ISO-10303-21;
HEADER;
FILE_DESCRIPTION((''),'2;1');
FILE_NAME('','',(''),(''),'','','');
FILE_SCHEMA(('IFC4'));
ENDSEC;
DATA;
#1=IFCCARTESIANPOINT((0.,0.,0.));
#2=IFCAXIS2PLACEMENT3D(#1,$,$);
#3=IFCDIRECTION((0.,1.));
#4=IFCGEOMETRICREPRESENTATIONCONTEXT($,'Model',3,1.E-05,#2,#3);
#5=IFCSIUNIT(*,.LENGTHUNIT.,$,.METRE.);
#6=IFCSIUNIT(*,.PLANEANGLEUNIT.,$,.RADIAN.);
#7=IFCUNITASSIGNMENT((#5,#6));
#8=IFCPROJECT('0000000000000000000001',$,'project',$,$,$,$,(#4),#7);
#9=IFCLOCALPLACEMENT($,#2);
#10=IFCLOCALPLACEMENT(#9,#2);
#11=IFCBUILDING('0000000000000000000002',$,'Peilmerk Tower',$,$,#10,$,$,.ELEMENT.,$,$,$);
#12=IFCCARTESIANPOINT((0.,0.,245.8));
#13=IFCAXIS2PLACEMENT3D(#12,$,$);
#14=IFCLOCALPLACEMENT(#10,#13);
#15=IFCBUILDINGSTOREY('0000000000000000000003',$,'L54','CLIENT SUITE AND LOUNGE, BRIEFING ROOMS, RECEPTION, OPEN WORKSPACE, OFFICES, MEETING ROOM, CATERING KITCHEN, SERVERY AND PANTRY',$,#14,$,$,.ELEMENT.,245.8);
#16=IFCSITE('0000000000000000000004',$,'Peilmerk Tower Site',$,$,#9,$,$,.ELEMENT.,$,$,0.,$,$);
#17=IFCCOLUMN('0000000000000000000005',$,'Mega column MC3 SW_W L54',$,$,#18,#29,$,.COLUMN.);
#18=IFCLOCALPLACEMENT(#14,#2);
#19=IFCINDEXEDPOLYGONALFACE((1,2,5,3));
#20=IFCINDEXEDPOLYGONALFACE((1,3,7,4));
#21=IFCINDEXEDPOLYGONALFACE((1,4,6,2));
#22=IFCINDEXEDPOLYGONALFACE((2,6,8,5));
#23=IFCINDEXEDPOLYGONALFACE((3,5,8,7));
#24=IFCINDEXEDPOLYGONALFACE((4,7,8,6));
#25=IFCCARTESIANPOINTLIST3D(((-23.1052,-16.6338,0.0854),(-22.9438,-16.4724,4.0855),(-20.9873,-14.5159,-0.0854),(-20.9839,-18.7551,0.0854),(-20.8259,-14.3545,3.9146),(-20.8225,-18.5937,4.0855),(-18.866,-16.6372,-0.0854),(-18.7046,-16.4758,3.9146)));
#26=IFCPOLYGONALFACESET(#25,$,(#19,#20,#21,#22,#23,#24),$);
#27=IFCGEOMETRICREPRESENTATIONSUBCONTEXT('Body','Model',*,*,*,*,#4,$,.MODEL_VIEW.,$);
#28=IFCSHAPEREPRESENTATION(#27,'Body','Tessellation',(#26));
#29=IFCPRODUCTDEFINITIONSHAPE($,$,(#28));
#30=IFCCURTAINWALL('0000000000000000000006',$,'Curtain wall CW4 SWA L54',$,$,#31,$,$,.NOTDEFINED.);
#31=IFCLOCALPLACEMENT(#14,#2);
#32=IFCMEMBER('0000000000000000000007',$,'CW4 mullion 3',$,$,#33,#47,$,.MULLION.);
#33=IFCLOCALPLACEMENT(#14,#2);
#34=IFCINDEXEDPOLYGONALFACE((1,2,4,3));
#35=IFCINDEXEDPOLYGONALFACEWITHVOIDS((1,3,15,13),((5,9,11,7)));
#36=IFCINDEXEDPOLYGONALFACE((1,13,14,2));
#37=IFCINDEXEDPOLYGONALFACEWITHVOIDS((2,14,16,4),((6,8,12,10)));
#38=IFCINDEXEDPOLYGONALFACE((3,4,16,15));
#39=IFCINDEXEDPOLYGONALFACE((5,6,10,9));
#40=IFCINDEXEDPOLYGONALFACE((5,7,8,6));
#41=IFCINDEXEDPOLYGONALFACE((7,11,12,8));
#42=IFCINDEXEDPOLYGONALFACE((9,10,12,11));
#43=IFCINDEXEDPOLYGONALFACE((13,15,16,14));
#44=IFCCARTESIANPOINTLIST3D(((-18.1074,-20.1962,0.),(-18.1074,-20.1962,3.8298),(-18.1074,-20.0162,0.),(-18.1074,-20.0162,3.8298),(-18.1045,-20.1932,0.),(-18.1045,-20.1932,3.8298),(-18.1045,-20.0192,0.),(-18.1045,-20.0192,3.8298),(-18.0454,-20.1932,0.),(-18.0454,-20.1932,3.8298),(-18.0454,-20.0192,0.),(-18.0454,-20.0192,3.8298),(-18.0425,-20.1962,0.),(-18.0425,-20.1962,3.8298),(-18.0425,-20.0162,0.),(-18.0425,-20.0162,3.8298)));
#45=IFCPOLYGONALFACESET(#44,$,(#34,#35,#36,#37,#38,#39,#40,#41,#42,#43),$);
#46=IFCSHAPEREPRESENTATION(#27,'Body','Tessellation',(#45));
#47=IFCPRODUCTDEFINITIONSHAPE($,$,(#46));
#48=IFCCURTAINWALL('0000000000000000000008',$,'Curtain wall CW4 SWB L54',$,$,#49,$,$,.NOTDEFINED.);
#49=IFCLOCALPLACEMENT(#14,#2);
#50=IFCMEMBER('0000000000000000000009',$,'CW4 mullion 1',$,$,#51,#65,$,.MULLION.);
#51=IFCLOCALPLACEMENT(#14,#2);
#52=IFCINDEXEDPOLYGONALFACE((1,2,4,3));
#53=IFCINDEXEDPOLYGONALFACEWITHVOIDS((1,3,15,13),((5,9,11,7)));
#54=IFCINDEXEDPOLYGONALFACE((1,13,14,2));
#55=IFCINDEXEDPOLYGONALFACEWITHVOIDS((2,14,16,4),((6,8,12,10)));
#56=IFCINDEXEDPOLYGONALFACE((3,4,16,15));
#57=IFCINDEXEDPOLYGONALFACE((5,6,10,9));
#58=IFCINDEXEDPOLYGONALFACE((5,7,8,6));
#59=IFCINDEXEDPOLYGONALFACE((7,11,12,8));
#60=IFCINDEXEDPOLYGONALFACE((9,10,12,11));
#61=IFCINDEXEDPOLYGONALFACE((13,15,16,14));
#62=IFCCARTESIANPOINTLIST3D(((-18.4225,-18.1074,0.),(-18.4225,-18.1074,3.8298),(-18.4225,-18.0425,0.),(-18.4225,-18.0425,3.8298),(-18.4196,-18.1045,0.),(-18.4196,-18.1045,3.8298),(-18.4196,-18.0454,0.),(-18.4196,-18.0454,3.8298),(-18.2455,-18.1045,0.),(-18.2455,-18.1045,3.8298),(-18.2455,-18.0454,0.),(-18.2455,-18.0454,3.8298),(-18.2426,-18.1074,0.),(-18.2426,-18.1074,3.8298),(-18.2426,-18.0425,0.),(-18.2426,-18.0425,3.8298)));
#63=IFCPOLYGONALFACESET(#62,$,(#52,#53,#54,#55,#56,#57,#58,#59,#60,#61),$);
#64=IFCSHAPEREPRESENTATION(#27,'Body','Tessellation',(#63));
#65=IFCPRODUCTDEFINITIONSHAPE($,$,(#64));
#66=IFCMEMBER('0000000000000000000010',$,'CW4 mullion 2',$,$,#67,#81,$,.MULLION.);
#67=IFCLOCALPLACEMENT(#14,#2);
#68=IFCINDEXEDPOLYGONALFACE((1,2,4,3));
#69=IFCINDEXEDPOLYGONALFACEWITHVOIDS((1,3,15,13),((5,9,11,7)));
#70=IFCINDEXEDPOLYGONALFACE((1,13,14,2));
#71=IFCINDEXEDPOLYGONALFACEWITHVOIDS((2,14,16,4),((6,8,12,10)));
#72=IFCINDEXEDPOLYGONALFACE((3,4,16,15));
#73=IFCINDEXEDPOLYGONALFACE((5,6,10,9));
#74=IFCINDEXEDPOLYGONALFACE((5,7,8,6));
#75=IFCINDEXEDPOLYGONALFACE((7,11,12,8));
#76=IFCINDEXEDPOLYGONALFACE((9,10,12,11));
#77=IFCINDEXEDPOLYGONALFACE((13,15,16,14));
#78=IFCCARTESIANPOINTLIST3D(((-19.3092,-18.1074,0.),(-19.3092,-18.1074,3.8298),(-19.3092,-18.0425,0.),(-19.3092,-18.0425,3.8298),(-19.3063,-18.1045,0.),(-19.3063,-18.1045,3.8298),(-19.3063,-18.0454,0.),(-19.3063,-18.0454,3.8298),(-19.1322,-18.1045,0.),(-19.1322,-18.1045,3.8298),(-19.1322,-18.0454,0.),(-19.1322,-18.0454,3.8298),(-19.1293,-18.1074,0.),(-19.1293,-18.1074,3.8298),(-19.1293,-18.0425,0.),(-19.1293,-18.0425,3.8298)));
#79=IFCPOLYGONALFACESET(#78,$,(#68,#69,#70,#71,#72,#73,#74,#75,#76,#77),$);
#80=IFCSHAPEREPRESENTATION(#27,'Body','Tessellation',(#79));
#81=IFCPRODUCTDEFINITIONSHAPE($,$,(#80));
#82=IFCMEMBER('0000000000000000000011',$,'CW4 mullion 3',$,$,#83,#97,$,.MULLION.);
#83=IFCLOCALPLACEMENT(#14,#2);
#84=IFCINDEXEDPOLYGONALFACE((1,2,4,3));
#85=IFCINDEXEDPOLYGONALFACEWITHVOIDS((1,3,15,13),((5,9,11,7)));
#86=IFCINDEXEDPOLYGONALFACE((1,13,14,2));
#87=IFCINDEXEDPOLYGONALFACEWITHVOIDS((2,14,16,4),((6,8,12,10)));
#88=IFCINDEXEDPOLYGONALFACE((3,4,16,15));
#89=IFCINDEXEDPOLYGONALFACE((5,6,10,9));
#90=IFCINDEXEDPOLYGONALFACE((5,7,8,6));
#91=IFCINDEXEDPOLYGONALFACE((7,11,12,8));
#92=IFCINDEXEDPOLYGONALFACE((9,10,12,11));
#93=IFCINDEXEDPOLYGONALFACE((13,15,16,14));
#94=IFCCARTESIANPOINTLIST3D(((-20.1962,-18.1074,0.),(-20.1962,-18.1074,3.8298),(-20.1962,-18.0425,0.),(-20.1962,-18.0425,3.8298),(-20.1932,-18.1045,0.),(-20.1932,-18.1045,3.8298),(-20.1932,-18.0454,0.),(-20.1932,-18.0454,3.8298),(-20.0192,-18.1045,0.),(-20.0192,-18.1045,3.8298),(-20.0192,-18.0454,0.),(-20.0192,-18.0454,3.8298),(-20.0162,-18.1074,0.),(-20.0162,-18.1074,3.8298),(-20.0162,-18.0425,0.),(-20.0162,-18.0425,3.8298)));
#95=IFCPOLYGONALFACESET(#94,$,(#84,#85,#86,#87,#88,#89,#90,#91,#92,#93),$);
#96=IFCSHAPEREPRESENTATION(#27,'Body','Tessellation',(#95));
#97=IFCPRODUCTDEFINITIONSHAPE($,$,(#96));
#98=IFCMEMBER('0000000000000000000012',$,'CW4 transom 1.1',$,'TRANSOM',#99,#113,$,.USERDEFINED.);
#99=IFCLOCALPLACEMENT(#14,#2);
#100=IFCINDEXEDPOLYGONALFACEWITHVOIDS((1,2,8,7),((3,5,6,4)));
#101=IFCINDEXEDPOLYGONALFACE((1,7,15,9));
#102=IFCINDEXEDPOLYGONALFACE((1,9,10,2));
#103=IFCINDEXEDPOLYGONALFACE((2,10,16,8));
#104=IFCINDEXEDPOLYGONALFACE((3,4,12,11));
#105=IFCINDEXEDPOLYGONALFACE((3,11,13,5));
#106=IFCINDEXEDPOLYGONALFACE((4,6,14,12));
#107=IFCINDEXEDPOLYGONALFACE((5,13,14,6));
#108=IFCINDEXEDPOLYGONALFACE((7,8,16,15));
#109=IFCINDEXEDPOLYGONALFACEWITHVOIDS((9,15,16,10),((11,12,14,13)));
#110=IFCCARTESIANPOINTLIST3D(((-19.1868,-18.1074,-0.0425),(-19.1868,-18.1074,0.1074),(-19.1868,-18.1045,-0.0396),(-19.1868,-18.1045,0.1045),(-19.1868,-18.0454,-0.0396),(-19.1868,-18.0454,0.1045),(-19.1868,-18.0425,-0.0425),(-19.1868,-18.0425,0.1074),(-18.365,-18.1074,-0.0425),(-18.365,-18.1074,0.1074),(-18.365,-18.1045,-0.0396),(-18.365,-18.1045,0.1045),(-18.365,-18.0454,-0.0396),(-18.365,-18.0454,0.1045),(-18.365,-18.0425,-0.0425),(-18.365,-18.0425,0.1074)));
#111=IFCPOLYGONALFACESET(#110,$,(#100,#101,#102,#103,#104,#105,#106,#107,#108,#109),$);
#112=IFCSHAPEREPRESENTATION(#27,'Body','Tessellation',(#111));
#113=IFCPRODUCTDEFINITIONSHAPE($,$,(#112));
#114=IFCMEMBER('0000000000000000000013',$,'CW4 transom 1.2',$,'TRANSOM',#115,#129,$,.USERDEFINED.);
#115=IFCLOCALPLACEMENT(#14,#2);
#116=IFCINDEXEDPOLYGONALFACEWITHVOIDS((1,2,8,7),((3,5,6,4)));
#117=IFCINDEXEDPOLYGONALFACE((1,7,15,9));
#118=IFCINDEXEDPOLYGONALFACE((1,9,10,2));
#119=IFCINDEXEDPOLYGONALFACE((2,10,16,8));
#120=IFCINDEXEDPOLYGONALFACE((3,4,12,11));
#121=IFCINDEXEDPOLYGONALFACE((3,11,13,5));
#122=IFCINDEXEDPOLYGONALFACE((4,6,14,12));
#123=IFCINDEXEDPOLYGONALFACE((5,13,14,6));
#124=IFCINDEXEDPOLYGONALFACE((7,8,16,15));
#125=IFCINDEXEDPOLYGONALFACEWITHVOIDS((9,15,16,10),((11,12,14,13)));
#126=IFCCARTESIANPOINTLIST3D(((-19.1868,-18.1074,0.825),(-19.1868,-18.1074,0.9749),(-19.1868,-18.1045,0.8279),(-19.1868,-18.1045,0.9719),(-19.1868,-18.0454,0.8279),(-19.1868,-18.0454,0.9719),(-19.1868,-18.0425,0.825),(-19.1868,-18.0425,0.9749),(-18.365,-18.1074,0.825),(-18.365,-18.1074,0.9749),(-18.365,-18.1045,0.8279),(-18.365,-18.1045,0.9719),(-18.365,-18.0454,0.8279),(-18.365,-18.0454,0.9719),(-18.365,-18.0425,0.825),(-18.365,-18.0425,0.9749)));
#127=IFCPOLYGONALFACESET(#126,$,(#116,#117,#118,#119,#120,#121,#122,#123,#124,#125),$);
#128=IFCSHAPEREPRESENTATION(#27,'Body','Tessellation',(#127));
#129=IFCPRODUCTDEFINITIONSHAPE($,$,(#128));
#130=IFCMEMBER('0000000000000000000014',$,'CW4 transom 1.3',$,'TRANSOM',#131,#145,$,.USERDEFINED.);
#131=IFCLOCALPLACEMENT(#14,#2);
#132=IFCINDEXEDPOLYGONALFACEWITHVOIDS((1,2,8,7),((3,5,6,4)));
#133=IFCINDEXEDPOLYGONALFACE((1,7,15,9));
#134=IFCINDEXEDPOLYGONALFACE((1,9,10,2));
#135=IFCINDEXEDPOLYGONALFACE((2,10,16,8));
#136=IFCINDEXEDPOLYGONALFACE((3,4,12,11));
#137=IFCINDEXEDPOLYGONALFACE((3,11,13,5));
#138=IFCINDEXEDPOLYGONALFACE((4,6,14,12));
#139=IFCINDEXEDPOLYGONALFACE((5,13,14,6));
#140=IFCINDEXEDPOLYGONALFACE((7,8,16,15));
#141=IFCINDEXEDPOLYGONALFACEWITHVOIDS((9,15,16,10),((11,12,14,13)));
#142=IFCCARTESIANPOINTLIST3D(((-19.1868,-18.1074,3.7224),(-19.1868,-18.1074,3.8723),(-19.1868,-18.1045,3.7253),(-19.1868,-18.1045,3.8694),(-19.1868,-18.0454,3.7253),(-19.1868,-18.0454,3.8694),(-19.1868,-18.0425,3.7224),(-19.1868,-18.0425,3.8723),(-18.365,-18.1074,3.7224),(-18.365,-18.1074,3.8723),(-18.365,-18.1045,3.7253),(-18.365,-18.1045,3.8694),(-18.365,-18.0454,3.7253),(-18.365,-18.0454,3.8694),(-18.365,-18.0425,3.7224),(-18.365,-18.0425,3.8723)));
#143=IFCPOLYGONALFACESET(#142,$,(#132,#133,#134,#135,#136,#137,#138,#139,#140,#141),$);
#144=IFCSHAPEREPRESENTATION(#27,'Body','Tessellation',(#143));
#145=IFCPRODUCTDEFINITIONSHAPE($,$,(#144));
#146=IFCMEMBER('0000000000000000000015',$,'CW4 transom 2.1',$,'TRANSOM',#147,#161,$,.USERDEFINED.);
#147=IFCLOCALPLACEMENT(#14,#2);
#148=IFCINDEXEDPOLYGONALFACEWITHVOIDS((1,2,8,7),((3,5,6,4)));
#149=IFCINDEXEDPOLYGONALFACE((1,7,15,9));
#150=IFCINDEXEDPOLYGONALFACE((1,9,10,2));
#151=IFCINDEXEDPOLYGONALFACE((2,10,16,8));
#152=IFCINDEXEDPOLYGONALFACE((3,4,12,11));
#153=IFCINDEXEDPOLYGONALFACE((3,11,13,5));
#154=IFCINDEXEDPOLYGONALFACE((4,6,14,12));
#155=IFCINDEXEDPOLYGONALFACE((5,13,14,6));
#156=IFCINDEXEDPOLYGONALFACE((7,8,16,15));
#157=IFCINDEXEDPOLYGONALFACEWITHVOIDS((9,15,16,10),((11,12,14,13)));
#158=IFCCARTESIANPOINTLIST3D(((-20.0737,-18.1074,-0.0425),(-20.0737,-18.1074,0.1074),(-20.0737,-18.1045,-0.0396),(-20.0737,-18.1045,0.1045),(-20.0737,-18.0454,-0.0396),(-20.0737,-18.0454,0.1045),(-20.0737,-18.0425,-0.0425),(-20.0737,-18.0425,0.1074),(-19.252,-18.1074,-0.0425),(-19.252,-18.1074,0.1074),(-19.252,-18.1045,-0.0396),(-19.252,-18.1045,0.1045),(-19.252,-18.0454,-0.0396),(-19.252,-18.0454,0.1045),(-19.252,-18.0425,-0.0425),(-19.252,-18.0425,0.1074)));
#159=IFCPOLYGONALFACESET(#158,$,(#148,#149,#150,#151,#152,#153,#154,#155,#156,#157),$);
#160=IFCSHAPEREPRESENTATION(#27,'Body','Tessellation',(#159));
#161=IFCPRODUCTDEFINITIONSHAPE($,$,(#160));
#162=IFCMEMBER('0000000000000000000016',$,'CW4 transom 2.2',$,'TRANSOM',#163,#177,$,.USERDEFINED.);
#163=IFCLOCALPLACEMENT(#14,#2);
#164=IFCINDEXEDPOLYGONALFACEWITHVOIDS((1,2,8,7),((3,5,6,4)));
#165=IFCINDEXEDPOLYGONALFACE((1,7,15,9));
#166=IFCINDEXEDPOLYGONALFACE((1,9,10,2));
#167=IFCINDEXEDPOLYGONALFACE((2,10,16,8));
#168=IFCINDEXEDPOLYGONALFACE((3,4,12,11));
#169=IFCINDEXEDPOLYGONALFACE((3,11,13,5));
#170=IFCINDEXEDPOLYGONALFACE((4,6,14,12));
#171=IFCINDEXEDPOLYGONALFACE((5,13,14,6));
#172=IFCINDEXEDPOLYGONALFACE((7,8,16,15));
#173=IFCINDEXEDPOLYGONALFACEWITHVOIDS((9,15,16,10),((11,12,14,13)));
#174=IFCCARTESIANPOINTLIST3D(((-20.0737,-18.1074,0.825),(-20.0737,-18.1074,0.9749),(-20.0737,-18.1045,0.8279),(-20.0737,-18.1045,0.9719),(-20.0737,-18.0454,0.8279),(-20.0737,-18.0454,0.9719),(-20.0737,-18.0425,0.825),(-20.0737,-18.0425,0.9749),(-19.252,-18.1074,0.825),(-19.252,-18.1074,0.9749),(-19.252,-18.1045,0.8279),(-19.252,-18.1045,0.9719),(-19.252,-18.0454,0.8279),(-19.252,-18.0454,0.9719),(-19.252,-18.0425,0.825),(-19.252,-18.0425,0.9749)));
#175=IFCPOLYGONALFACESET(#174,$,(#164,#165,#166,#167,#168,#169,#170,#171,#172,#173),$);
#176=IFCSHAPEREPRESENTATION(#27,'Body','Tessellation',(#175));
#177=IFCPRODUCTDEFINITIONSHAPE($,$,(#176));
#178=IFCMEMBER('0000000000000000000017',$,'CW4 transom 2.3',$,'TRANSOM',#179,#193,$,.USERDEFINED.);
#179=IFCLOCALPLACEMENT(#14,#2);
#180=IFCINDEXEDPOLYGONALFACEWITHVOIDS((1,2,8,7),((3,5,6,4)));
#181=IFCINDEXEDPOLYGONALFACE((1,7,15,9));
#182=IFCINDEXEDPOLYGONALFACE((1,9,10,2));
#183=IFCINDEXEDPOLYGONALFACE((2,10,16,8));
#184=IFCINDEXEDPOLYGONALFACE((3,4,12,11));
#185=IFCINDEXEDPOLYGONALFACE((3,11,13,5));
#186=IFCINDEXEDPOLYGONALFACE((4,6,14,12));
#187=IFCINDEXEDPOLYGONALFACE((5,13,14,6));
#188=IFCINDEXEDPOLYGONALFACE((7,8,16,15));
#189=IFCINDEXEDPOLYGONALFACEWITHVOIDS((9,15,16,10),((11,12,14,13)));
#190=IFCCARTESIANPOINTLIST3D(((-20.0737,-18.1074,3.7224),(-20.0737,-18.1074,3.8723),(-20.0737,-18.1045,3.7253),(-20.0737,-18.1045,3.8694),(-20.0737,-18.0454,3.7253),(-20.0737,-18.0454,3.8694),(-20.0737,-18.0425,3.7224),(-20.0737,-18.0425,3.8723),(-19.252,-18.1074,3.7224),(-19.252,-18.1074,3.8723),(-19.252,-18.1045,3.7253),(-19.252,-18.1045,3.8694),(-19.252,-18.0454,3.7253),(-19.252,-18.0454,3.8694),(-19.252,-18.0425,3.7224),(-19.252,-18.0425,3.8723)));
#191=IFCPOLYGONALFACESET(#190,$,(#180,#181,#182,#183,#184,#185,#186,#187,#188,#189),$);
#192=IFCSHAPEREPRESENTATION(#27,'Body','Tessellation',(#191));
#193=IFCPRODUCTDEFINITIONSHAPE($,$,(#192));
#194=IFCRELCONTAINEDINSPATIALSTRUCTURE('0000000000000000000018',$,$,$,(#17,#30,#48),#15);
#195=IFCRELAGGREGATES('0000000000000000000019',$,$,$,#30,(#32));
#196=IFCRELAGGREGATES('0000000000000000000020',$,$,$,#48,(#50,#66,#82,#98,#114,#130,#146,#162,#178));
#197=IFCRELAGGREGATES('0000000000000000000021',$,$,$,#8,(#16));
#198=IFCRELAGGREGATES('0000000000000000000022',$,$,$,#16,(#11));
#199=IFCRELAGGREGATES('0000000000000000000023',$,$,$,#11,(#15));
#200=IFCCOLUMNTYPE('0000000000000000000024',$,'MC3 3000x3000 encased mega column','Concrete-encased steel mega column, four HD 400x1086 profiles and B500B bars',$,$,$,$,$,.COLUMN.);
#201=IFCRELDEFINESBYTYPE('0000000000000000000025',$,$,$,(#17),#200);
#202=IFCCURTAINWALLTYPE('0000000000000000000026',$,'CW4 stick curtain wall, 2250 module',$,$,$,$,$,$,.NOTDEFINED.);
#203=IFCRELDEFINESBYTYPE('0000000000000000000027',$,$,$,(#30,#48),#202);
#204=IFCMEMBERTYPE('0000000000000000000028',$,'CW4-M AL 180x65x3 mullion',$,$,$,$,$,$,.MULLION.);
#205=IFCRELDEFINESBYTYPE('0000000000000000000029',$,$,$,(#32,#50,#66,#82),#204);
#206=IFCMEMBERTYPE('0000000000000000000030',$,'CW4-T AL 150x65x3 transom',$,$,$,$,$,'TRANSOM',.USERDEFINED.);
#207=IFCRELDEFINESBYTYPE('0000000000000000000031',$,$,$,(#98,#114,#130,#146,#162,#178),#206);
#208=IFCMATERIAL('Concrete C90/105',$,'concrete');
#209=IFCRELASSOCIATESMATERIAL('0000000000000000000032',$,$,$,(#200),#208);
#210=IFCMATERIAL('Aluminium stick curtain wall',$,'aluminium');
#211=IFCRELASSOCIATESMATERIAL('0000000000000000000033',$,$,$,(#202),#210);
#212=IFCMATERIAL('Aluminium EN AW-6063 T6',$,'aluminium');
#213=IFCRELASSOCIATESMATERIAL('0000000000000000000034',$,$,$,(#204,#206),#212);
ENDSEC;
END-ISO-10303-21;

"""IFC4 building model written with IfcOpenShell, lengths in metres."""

from ifc_helpers import new_model, si_unit, direction, frame, origin, origin_2d, place, context, subcontext, project, spatial, rectangle, hollow_rectangle, extrude, material, material_profile, profile_set, type_object, element, aggregate, save


model = new_model("IFC4")

# Units and contexts
model_context = context("Model", 3, precision=1e-05, world=origin(), true_north=direction((0.0, 1.0)))
body_context = subcontext(model_context, "Body", "Model", "MODEL_VIEW")
ifc_project = project(units=[si_unit("LENGTHUNIT", "METRE"), si_unit("PLANEANGLEUNIT", "RADIAN")], contexts=[model_context])

# Site, building, storey
site_placement = place(None, origin())
site = spatial("IfcSite", under=ifc_project, at=site_placement, Name="Peilmerk Tower Site", CompositionType="ELEMENT", RefElevation=0.0)
building_placement = place(site_placement, origin())
building = spatial("IfcBuilding", under=site, at=building_placement, Name="Peilmerk Tower", CompositionType="ELEMENT")
storey_placement = place(building_placement, frame((0.0, 0.0, 245.8)))
storey = spatial("IfcBuildingStorey", under=building, at=storey_placement, Name="L54", Description="CLIENT SUITE AND LOUNGE, BRIEFING ROOMS, RECEPTION, OPEN WORKSPACE, OFFICES, MEETING ROOM, CATERING KITCHEN, SERVERY AND PANTRY", CompositionType="ELEMENT", Elevation=245.8)

# Column
ifc_material_1 = material(Name="Concrete C90/105", Category="concrete")
ifc_material_profile_1 = material_profile(ifc_material_1, rectangle(XDim=3.0, YDim=3.0, at=origin_2d()), Name="RC 3000x3000")
ifc_profile_set_1 = profile_set([ifc_material_profile_1], Name="Concrete C90/105")
column_type = type_object("IfcColumnType", Name="MC3 3000x3000 encased mega column", Description="Concrete-encased steel mega column, four HD 400x1086 profiles and B500B bars", PredefinedType="COLUMN", material=ifc_profile_set_1)
column_placement = place(storey_placement, frame((-20.9856, -16.6355, 0.0), z_axis=(0.040279, 0.040279, 0.998376), x_axis=(-0.707107, 0.707107, 0.0)))
element("IfcColumn", 1, at=column_placement, inside=storey, type_object=column_type, Name="Mega column MC3 SW_W L54", PredefinedType="COLUMN", context=body_context, shape_type="SweptSolid", body=[
    extrude(rectangle(XDim=3.0, YDim=3.0, at=origin_2d()), origin(), (0.0, 0.0, 1.0), 4.0066),
])

# Curtain wall, member
ifc_material_2 = material(Name="Aluminium stick curtain wall", Category="aluminium")
curtain_wall_type = type_object("IfcCurtainWallType", Name="CW4 stick curtain wall, 2250 module", PredefinedType="NOTDEFINED", material=ifc_material_2)
curtain_wall_1_placement = place(storey_placement, origin())
curtain_wall_1 = element("IfcCurtainWall", 2, at=curtain_wall_1_placement, inside=storey, type_object=curtain_wall_type, Name="Curtain wall CW4 SWA L54", PredefinedType="NOTDEFINED")
ifc_material_3 = material(Name="Aluminium EN AW-6063 T6", Category="aluminium")
ifc_material_profile_2 = material_profile(ifc_material_3, hollow_rectangle(XDim=0.0649, YDim=0.1799, WallThickness=0.0029, at=origin_2d()), Name="AL 180x65x3")
ifc_profile_set_2 = profile_set([ifc_material_profile_2], Name="Aluminium EN AW-6063 T6")
member_type_1 = type_object("IfcMemberType", Name="CW4-M AL 180x65x3 mullion", PredefinedType="MULLION", material=ifc_profile_set_2)
member_1_placement = place(storey_placement, frame((-18.075, -20.1062, 0.0), z_axis=(0.0, 0.0, 1.0), x_axis=(1.0, 0.0, 0.0)))
member_1 = element("IfcMember", 3, at=member_1_placement, type_object=member_type_1, Name="CW4 mullion 3", PredefinedType="MULLION", context=body_context, shape_type="SweptSolid", body=[
    extrude(hollow_rectangle(XDim=0.0649, YDim=0.1799, WallThickness=0.0029, at=origin_2d()), origin(), (0.0, 0.0, 1.0), 3.8298),
])

# Curtain wall, members
curtain_wall_2_placement = place(storey_placement, origin())
curtain_wall_2 = element("IfcCurtainWall", 4, at=curtain_wall_2_placement, inside=storey, type_object=curtain_wall_type, Name="Curtain wall CW4 SWB L54", PredefinedType="NOTDEFINED")
member_2_placement = place(storey_placement, frame((-18.3325, -18.075, 0.0), z_axis=(0.0, 0.0, 1.0), x_axis=(0.0, -1.0, 0.0)))
member_2 = element("IfcMember", 5, at=member_2_placement, type_object=member_type_1, Name="CW4 mullion 1", PredefinedType="MULLION", context=body_context, shape_type="SweptSolid", body=[
    extrude(hollow_rectangle(XDim=0.0649, YDim=0.1799, WallThickness=0.0029, at=origin_2d()), origin(), (0.0, 0.0, 1.0), 3.8298),
])
member_3_placement = place(storey_placement, frame((-19.2192, -18.075, 0.0), z_axis=(0.0, 0.0, 1.0), x_axis=(0.0, -1.0, 0.0)))
member_3 = element("IfcMember", 6, at=member_3_placement, type_object=member_type_1, Name="CW4 mullion 2", PredefinedType="MULLION", context=body_context, shape_type="SweptSolid", body=[
    extrude(hollow_rectangle(XDim=0.0649, YDim=0.1799, WallThickness=0.0029, at=origin_2d()), origin(), (0.0, 0.0, 1.0), 3.8298),
])
member_4_placement = place(storey_placement, frame((-20.1062, -18.075, 0.0), z_axis=(0.0, 0.0, 1.0), x_axis=(0.0, -1.0, 0.0)))
member_4 = element("IfcMember", 7, at=member_4_placement, type_object=member_type_1, Name="CW4 mullion 3", PredefinedType="MULLION", context=body_context, shape_type="SweptSolid", body=[
    extrude(hollow_rectangle(XDim=0.0649, YDim=0.1799, WallThickness=0.0029, at=origin_2d()), origin(), (0.0, 0.0, 1.0), 3.8298),
])
ifc_material_profile_3 = material_profile(ifc_material_3, hollow_rectangle(XDim=0.0649, YDim=0.1499, WallThickness=0.0029, at=origin_2d()), Name="AL 150x65x3")
ifc_profile_set_3 = profile_set([ifc_material_profile_3], Name="Aluminium EN AW-6063 T6")
member_type_2 = type_object("IfcMemberType", Name="CW4-T AL 150x65x3 transom", ElementType="TRANSOM", PredefinedType="USERDEFINED", material=ifc_profile_set_3)
member_5_placement = place(storey_placement, frame((-18.365, -18.075, 0.0325), z_axis=(-1.0, 0.0, 0.0), x_axis=(0.0, -1.0, 0.0)))
member_5 = element("IfcMember", 8, at=member_5_placement, type_object=member_type_2, Name="CW4 transom 1.1", ObjectType="TRANSOM", PredefinedType="USERDEFINED", context=body_context, shape_type="SweptSolid", body=[
    extrude(hollow_rectangle(XDim=0.0649, YDim=0.1499, WallThickness=0.0029, at=origin_2d()), origin(), (0.0, 0.0, 1.0), 0.8218),
])
member_6_placement = place(storey_placement, frame((-18.365, -18.075, 0.8999), z_axis=(-1.0, 0.0, 0.0), x_axis=(0.0, -1.0, 0.0)))
member_6 = element("IfcMember", 9, at=member_6_placement, type_object=member_type_2, Name="CW4 transom 1.2", ObjectType="TRANSOM", PredefinedType="USERDEFINED", context=body_context, shape_type="SweptSolid", body=[
    extrude(hollow_rectangle(XDim=0.0649, YDim=0.1499, WallThickness=0.0029, at=origin_2d()), origin(), (0.0, 0.0, 1.0), 0.8218),
])
member_7_placement = place(storey_placement, frame((-18.365, -18.075, 3.7974), z_axis=(-1.0, 0.0, 0.0), x_axis=(0.0, -1.0, 0.0)))
member_7 = element("IfcMember", 10, at=member_7_placement, type_object=member_type_2, Name="CW4 transom 1.3", ObjectType="TRANSOM", PredefinedType="USERDEFINED", context=body_context, shape_type="SweptSolid", body=[
    extrude(hollow_rectangle(XDim=0.0649, YDim=0.1499, WallThickness=0.0029, at=origin_2d()), origin(), (0.0, 0.0, 1.0), 0.8218),
])
member_8_placement = place(storey_placement, frame((-19.252, -18.075, 0.0325), z_axis=(-1.0, 0.0, 0.0), x_axis=(0.0, -1.0, 0.0)))
member_8 = element("IfcMember", 11, at=member_8_placement, type_object=member_type_2, Name="CW4 transom 2.1", ObjectType="TRANSOM", PredefinedType="USERDEFINED", context=body_context, shape_type="SweptSolid", body=[
    extrude(hollow_rectangle(XDim=0.0649, YDim=0.1499, WallThickness=0.0029, at=origin_2d()), origin(), (0.0, 0.0, 1.0), 0.8218),
])
member_9_placement = place(storey_placement, frame((-19.252, -18.075, 0.8999), z_axis=(-1.0, 0.0, 0.0), x_axis=(0.0, -1.0, 0.0)))
member_9 = element("IfcMember", 12, at=member_9_placement, type_object=member_type_2, Name="CW4 transom 2.2", ObjectType="TRANSOM", PredefinedType="USERDEFINED", context=body_context, shape_type="SweptSolid", body=[
    extrude(hollow_rectangle(XDim=0.0649, YDim=0.1499, WallThickness=0.0029, at=origin_2d()), origin(), (0.0, 0.0, 1.0), 0.8218),
])
member_10_placement = place(storey_placement, frame((-19.252, -18.075, 3.7974), z_axis=(-1.0, 0.0, 0.0), x_axis=(0.0, -1.0, 0.0)))
member_10 = element("IfcMember", 13, at=member_10_placement, type_object=member_type_2, Name="CW4 transom 2.3", ObjectType="TRANSOM", PredefinedType="USERDEFINED", context=body_context, shape_type="SweptSolid", body=[
    extrude(hollow_rectangle(XDim=0.0649, YDim=0.1499, WallThickness=0.0029, at=origin_2d()), origin(), (0.0, 0.0, 1.0), 0.8218),
])

aggregate(curtain_wall_1, [member_1])
aggregate(curtain_wall_2, [member_2, member_3, member_4, member_5, member_6, member_7, member_8, member_9, member_10])

save(model, "model.ifc")
